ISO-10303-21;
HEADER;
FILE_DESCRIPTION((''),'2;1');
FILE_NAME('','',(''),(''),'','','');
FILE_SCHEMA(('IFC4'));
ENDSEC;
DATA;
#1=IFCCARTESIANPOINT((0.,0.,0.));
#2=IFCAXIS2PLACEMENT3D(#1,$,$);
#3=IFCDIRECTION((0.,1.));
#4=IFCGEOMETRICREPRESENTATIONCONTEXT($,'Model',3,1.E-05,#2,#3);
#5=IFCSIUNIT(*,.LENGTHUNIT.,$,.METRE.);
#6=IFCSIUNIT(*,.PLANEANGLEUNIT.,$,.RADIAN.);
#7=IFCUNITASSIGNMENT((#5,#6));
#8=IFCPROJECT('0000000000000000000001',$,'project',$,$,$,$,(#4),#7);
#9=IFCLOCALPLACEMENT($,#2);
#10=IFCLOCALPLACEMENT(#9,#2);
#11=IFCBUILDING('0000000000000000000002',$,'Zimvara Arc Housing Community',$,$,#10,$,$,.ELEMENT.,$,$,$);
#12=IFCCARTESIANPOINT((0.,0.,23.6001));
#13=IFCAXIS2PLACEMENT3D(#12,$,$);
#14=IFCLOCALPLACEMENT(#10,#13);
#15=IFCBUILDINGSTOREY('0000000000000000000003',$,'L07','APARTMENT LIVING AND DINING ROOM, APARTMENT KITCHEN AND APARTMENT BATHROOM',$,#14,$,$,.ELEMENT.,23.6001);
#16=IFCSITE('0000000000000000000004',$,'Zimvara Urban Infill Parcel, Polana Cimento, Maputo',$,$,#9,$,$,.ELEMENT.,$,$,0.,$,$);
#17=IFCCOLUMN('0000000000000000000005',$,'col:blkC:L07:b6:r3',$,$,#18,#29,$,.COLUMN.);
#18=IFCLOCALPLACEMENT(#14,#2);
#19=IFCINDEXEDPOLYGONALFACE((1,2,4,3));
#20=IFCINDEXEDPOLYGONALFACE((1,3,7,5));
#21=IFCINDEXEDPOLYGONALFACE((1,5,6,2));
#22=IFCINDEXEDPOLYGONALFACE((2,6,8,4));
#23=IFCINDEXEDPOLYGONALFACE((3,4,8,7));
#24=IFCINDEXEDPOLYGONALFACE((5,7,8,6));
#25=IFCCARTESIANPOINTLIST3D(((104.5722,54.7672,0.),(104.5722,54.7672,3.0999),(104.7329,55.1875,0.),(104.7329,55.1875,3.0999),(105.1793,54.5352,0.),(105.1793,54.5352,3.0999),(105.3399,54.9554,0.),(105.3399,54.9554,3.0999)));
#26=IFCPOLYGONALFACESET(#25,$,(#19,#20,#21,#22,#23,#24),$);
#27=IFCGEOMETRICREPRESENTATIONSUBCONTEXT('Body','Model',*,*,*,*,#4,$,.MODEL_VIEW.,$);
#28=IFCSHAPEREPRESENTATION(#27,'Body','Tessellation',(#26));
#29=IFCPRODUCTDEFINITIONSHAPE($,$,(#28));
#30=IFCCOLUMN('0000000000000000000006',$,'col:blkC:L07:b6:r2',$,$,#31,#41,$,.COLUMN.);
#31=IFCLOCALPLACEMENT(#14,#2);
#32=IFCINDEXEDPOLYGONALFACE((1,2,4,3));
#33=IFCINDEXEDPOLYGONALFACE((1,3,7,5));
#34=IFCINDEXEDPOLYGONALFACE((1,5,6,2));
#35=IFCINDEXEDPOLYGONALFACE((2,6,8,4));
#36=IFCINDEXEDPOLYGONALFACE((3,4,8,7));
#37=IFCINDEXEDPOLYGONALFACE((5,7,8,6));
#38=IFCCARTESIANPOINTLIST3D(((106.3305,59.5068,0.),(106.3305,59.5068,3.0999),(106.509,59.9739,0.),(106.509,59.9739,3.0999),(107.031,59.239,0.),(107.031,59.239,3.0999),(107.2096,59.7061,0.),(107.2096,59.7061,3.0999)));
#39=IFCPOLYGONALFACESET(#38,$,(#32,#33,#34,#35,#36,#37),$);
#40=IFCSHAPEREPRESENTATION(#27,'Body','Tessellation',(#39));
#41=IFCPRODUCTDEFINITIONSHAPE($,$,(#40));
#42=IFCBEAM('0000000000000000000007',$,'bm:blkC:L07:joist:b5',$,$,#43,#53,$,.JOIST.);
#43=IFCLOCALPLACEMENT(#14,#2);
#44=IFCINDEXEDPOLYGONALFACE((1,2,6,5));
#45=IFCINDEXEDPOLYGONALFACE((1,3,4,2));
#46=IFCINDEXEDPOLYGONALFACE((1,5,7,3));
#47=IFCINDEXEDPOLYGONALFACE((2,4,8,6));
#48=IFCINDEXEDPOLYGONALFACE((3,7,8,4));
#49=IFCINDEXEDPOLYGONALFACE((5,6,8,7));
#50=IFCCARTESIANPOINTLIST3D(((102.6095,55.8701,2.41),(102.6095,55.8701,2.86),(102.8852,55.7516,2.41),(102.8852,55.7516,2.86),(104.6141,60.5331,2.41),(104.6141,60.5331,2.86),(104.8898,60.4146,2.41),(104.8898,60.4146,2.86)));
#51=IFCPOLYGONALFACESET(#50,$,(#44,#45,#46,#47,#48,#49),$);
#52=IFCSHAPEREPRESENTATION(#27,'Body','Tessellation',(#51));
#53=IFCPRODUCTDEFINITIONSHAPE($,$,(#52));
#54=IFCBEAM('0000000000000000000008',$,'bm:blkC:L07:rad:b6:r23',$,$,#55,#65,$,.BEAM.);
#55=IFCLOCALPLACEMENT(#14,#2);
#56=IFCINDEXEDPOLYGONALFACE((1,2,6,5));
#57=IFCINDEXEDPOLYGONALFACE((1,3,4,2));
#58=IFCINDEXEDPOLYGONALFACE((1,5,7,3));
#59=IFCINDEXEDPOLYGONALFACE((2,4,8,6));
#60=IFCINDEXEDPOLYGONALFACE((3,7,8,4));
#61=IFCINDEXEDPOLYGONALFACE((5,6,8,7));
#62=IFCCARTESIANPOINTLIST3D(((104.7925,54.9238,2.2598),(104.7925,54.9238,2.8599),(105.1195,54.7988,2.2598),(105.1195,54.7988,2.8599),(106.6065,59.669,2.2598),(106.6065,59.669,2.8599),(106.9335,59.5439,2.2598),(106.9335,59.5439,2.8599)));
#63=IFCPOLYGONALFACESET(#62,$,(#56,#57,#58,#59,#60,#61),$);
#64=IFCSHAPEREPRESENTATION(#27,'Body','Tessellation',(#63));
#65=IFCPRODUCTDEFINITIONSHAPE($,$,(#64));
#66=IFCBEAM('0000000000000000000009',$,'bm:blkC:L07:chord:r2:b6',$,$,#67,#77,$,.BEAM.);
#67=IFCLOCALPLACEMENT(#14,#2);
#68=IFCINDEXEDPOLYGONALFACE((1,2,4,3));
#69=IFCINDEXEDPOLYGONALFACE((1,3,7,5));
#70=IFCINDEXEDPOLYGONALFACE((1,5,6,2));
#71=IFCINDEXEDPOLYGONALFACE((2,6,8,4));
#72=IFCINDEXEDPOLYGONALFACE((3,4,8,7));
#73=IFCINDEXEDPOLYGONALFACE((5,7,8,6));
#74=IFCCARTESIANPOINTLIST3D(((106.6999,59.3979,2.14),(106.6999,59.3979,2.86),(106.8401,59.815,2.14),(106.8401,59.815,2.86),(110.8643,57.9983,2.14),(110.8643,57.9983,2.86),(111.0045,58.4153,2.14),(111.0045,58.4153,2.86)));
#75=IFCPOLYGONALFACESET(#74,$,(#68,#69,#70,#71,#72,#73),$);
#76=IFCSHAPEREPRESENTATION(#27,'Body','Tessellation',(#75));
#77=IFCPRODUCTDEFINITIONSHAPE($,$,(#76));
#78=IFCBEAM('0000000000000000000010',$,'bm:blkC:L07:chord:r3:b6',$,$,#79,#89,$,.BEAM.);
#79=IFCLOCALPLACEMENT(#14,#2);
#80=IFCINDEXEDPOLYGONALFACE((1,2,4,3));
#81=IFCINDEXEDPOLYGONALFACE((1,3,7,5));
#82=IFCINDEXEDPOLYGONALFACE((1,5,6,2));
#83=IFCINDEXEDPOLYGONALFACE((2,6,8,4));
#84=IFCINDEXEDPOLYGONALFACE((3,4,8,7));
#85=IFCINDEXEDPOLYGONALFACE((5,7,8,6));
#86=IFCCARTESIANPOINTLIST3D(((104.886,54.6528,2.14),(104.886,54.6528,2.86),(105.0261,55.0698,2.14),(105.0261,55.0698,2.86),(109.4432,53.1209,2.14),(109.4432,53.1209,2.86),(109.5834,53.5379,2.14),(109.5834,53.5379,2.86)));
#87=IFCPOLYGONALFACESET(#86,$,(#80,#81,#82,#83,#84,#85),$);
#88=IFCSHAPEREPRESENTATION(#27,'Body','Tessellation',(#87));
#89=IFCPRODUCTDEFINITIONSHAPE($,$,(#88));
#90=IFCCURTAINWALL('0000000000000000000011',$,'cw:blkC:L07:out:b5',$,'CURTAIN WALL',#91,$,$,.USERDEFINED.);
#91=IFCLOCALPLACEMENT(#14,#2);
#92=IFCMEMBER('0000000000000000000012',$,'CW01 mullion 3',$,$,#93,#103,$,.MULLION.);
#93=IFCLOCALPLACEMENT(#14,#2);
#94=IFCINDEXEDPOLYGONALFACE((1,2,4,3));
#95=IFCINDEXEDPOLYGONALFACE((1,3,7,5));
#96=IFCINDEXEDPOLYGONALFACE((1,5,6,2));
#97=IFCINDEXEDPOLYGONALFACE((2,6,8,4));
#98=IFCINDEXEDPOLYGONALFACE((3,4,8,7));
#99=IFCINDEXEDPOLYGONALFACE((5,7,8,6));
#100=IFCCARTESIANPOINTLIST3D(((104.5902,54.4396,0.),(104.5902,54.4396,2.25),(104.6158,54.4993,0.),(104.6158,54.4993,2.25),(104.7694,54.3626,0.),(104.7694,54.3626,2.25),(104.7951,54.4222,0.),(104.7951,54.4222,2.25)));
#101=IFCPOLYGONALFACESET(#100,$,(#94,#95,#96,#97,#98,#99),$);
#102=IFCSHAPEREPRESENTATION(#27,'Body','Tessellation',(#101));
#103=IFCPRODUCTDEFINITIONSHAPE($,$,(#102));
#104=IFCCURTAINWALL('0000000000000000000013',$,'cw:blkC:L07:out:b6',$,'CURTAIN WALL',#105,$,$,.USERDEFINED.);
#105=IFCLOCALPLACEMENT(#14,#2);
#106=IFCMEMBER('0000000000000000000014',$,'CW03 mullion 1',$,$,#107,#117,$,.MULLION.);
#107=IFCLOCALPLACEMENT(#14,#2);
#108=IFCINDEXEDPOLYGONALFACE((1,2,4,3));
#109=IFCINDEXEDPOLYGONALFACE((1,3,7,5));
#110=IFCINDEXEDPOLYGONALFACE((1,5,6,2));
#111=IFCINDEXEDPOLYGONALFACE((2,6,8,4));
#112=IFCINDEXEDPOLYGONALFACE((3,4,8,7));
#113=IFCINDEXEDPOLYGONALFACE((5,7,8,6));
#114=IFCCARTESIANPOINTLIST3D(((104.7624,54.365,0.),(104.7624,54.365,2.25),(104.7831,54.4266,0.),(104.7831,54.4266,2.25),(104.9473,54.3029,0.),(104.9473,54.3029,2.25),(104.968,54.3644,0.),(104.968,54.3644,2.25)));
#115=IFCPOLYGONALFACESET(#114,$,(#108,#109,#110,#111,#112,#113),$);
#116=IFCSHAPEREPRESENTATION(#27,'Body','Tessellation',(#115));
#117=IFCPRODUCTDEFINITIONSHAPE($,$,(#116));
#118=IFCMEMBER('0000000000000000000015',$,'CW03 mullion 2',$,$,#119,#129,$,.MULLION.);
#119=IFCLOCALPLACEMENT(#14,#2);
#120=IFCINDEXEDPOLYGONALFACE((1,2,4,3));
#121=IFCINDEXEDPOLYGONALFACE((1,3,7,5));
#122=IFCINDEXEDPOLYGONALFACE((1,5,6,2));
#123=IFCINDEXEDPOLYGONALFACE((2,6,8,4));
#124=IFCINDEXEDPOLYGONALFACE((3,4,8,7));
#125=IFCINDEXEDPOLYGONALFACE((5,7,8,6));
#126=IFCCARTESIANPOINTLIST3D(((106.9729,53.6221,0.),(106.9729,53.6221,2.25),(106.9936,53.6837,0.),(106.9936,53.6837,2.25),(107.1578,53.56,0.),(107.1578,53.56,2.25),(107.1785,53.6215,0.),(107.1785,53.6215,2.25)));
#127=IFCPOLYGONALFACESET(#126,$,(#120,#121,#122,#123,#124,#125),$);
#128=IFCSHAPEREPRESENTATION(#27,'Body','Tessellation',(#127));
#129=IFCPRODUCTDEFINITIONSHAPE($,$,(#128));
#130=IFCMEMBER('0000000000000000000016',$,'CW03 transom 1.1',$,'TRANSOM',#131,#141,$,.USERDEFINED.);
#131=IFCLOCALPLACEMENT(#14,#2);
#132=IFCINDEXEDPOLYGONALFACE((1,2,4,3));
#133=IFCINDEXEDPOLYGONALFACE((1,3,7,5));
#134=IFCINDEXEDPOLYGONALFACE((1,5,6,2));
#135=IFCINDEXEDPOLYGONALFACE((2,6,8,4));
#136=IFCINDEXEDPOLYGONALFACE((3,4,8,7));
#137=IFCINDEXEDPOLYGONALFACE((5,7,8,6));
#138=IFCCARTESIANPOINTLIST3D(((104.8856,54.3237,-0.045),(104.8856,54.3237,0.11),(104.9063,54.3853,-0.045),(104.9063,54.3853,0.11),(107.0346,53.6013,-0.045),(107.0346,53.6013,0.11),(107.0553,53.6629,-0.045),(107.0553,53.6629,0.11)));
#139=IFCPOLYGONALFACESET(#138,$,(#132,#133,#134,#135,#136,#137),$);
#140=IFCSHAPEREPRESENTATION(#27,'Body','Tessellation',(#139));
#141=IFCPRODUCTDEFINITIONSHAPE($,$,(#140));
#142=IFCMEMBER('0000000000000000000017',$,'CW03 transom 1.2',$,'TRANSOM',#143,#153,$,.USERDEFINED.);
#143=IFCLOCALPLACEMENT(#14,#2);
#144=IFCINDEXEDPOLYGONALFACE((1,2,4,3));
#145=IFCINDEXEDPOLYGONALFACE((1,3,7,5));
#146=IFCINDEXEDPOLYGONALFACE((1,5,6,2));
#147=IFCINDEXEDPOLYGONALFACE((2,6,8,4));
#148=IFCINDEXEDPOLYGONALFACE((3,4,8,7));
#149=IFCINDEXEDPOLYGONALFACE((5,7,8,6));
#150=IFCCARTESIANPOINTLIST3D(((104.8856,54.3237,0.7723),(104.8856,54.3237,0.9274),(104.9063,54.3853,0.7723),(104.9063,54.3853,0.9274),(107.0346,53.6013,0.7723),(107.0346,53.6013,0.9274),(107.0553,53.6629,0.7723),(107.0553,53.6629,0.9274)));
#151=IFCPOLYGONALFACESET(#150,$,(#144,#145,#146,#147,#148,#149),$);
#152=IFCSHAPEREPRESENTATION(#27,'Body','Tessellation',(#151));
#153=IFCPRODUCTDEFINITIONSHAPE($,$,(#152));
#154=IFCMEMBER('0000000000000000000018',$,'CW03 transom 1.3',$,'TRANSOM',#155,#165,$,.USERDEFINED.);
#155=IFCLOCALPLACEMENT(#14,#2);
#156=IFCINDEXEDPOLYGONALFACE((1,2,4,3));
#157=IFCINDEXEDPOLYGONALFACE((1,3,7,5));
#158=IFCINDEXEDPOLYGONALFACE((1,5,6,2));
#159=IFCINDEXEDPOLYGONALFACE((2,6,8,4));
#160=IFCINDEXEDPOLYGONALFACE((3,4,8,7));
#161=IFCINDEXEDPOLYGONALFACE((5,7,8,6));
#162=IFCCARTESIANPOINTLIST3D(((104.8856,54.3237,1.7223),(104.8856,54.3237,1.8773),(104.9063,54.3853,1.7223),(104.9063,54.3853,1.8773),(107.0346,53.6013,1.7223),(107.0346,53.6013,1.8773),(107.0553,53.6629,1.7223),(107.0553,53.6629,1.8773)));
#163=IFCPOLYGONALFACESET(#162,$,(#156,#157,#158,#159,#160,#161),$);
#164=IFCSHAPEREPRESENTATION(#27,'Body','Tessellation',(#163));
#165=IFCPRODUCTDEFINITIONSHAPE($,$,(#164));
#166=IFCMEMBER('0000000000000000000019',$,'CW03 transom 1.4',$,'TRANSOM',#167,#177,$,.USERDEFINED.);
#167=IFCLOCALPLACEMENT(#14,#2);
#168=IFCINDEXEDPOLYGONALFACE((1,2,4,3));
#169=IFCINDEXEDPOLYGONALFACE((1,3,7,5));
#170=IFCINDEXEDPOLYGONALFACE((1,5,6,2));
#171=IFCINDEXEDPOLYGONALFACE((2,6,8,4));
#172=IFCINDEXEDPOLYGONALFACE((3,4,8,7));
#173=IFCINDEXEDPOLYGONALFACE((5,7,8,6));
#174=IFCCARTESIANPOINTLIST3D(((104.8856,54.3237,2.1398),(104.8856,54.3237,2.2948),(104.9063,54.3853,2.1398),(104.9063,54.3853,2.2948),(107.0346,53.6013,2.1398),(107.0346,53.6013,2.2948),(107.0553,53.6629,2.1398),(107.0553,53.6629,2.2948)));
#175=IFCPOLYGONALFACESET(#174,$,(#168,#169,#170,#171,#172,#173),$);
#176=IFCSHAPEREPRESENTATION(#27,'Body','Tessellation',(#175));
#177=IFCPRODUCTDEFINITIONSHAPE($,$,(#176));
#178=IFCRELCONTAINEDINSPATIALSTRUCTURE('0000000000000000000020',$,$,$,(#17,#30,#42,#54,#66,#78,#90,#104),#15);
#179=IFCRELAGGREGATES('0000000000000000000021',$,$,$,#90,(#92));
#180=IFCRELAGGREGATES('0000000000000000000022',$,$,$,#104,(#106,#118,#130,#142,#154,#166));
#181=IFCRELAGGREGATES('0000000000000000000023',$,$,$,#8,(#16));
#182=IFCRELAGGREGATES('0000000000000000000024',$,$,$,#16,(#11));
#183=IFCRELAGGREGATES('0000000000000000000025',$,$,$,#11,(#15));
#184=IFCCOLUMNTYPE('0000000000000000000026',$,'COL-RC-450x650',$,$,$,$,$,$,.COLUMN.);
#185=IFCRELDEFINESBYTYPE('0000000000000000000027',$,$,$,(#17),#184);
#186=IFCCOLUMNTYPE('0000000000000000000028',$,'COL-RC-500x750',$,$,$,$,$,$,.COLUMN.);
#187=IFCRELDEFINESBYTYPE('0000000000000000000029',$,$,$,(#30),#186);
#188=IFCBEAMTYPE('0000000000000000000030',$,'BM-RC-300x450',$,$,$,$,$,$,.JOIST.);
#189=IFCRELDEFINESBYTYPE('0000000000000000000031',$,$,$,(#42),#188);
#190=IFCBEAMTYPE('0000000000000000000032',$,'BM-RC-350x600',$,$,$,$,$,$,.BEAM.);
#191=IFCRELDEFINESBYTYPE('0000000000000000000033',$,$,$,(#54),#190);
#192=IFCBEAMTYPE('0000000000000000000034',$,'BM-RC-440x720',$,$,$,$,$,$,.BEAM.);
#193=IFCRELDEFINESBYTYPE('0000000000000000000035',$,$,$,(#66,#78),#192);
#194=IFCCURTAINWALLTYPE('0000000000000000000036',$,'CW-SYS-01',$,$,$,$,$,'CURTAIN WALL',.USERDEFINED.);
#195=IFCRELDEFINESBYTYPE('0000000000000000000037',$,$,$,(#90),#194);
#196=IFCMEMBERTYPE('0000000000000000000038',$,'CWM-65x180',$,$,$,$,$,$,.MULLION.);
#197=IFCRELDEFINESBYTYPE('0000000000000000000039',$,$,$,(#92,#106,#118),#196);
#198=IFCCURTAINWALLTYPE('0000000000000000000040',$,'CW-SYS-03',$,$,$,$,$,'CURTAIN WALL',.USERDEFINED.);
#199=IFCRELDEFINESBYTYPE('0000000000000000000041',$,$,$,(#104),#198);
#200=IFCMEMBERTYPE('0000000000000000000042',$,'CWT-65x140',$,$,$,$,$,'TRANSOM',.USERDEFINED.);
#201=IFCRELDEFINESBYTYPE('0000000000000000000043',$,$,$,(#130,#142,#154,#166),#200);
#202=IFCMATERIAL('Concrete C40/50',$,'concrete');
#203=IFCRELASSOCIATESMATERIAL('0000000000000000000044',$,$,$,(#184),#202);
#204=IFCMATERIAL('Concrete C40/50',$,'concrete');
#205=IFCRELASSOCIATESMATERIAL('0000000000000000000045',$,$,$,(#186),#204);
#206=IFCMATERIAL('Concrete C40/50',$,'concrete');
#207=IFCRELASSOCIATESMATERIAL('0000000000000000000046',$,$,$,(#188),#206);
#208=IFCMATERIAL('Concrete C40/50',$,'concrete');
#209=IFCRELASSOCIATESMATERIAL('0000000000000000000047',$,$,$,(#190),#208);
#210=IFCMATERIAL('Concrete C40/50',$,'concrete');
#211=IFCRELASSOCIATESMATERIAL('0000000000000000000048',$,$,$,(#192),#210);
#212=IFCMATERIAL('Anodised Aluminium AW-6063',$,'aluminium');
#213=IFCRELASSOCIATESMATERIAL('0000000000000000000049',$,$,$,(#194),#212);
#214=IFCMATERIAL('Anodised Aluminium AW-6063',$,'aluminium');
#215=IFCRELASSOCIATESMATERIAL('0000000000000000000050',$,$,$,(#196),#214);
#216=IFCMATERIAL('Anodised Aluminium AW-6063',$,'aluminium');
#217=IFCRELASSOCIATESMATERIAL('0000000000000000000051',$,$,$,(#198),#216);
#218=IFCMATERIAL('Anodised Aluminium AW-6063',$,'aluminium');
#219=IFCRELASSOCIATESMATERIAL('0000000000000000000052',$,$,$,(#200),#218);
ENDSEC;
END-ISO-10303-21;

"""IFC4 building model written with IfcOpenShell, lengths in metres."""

from ifc_helpers import new_model, si_unit, direction, frame, origin, origin_2d, place, context, subcontext, project, spatial, rectangle, extrude, material, material_profile, profile_set, type_object, element, aggregate, save


model = new_model("IFC4")

# Units and contexts
model_context = context("Model", 3, precision=1e-05, world=origin(), true_north=direction((0.0, 1.0)))
body_context = subcontext(model_context, "Body", "Model", "MODEL_VIEW")
ifc_project = project(units=[si_unit("LENGTHUNIT", "METRE"), si_unit("PLANEANGLEUNIT", "RADIAN")], contexts=[model_context])

# Site, building, storey
site_placement = place(None, origin())
site = spatial("IfcSite", under=ifc_project, at=site_placement, Name="Zimvara Urban Infill Parcel, Polana Cimento, Maputo", CompositionType="ELEMENT", RefElevation=0.0)
building_placement = place(site_placement, origin())
building = spatial("IfcBuilding", under=site, at=building_placement, Name="Zimvara Arc Housing Community", CompositionType="ELEMENT")
storey_placement = place(building_placement, frame((0.0, 0.0, 23.6001)))
storey = spatial("IfcBuildingStorey", under=building, at=storey_placement, Name="L07", Description="APARTMENT LIVING AND DINING ROOM, APARTMENT KITCHEN AND APARTMENT BATHROOM", CompositionType="ELEMENT", Elevation=23.6001)

# Columns
ifc_material_1 = material(Name="Concrete C40/50", Category="concrete")
ifc_material_profile_1 = material_profile(ifc_material_1, rectangle(XDim=0.45, YDim=0.6499, at=origin_2d()), Name="RC 450x650")
ifc_profile_set_1 = profile_set([ifc_material_profile_1], Name="Concrete C40/50")
column_type_1 = type_object("IfcColumnType", Name="COL-RC-450x650", PredefinedType="COLUMN", material=ifc_profile_set_1)
column_1_placement = place(storey_placement, frame((104.9561, 54.8613, 0.0), z_axis=(0.0, 0.0, 1.0), x_axis=(-0.357064, -0.93408, 0.0)))
element("IfcColumn", 1, at=column_1_placement, inside=storey, type_object=column_type_1, Name="col:blkC:L07:b6:r3", PredefinedType="COLUMN", context=body_context, shape_type="SweptSolid", body=[
    extrude(rectangle(XDim=0.45, YDim=0.6499, at=origin_2d()), origin(), (0.0, 0.0, 1.0), 3.0999),
])
ifc_material_2 = material(Name="Concrete C40/50", Category="concrete")
ifc_material_profile_2 = material_profile(ifc_material_2, rectangle(XDim=0.5, YDim=0.75, at=origin_2d()), Name="RC 500x750")
ifc_profile_set_2 = profile_set([ifc_material_profile_2], Name="Concrete C40/50")
column_type_2 = type_object("IfcColumnType", Name="COL-RC-500x750", PredefinedType="COLUMN", material=ifc_profile_set_2)
column_2_placement = place(storey_placement, frame((106.77, 59.6064, 0.0), z_axis=(0.0, 0.0, 1.0), x_axis=(-0.357064, -0.93408, 0.0)))
element("IfcColumn", 2, at=column_2_placement, inside=storey, type_object=column_type_2, Name="col:blkC:L07:b6:r2", PredefinedType="COLUMN", context=body_context, shape_type="SweptSolid", body=[
    extrude(rectangle(XDim=0.5, YDim=0.75, at=origin_2d()), origin(), (0.0, 0.0, 1.0), 3.0999),
])

# Beams
ifc_material_3 = material(Name="Concrete C40/50", Category="concrete")
ifc_material_profile_3 = material_profile(ifc_material_3, rectangle(XDim=0.3, YDim=0.45, at=origin_2d()), Name="RC 300x450")
ifc_profile_set_3 = profile_set([ifc_material_profile_3], Name="Concrete C40/50")
beam_type_1 = type_object("IfcBeamType", Name="BM-RC-300x450", PredefinedType="JOIST", material=ifc_profile_set_3)
beam_1_placement = place(storey_placement, frame((104.752, 60.4739, 2.635), z_axis=(-0.394947, -0.918704, 0.0), x_axis=(0.918704, -0.394947, 0.0)))
element("IfcBeam", 3, at=beam_1_placement, inside=storey, type_object=beam_type_1, Name="bm:blkC:L07:joist:b5", PredefinedType="JOIST", context=body_context, shape_type="SweptSolid", body=[
    extrude(rectangle(XDim=0.3, YDim=0.45, at=origin_2d()), origin(), (0.0, 0.0, 1.0), 5.0757),
])
ifc_material_4 = material(Name="Concrete C40/50", Category="concrete")
ifc_material_profile_4 = material_profile(ifc_material_4, rectangle(XDim=0.3501, YDim=0.6001, at=origin_2d()), Name="RC 350x600")
ifc_profile_set_4 = profile_set([ifc_material_profile_4], Name="Concrete C40/50")
beam_type_2 = type_object("IfcBeamType", Name="BM-RC-350x600", PredefinedType="BEAM", material=ifc_profile_set_4)
beam_2_placement = place(storey_placement, frame((106.77, 59.6064, 2.5598), z_axis=(-0.357078, -0.934074, 0.0), x_axis=(0.934074, -0.357078, 0.0)))
element("IfcBeam", 4, at=beam_2_placement, inside=storey, type_object=beam_type_2, Name="bm:blkC:L07:rad:b6:r23", PredefinedType="BEAM", context=body_context, shape_type="SweptSolid", body=[
    extrude(rectangle(XDim=0.3501, YDim=0.6001, at=origin_2d()), origin(), (0.0, 0.0, 1.0), 5.0801),
])
ifc_material_5 = material(Name="Concrete C40/50", Category="concrete")
ifc_material_profile_5 = material_profile(ifc_material_5, rectangle(XDim=0.4399, YDim=0.72, at=origin_2d()), Name="RC 440x720")
ifc_profile_set_5 = profile_set([ifc_material_profile_5], Name="Concrete C40/50")
beam_type_3 = type_object("IfcBeamType", Name="BM-RC-440x720", PredefinedType="BEAM", material=ifc_profile_set_5)
beam_3_placement = place(storey_placement, frame((106.77, 59.6064, 2.5), z_axis=(0.947891, -0.318594, 0.0), x_axis=(0.318594, 0.947891, 0.0)))
element("IfcBeam", 5, at=beam_3_placement, inside=storey, type_object=beam_type_3, Name="bm:blkC:L07:chord:r2:b6", PredefinedType="BEAM", context=body_context, shape_type="SweptSolid", body=[
    extrude(rectangle(XDim=0.4399, YDim=0.72, at=origin_2d()), origin(), (0.0, 0.0, 1.0), 4.3933),
])
beam_4_placement = place(storey_placement, frame((104.9561, 54.8613, 2.5), z_axis=(0.947878, -0.318634, 0.0), x_axis=(0.318634, 0.947878, 0.0)))
element("IfcBeam", 6, at=beam_4_placement, inside=storey, type_object=beam_type_3, Name="bm:blkC:L07:chord:r3:b6", PredefinedType="BEAM", context=body_context, shape_type="SweptSolid", body=[
    extrude(rectangle(XDim=0.4399, YDim=0.72, at=origin_2d()), origin(), (0.0, 0.0, 1.0), 4.8079),
])

# Curtain wall, member
ifc_material_6 = material(Name="Anodised Aluminium AW-6063", Category="aluminium")
curtain_wall_type_1 = type_object("IfcCurtainWallType", Name="CW-SYS-01", ElementType="CURTAIN WALL", PredefinedType="USERDEFINED", material=ifc_material_6)
curtain_wall_1_placement = place(storey_placement, origin())
curtain_wall_1 = element("IfcCurtainWall", 7, at=curtain_wall_1_placement, inside=storey, type_object=curtain_wall_type_1, Name="cw:blkC:L07:out:b5", ObjectType="CURTAIN WALL", PredefinedType="USERDEFINED")
ifc_material_7 = material(Name="Anodised Aluminium AW-6063", Category="aluminium")
ifc_material_profile_6 = material_profile(ifc_material_7, rectangle(XDim=0.0649, YDim=0.1951, at=origin_2d()), Name="ALU 65x195")
ifc_profile_set_6 = profile_set([ifc_material_profile_6], Name="Anodised Aluminium AW-6063")
member_type_1 = type_object("IfcMemberType", Name="CWM-65x180", PredefinedType="MULLION", material=ifc_profile_set_6)
member_1_placement = place(storey_placement, frame((104.6926, 54.4309, 0.0), z_axis=(0.0, 0.0, 1.0), x_axis=(0.394904, 0.918722, 0.0)))
member_1 = element("IfcMember", 8, at=member_1_placement, type_object=member_type_1, Name="CW01 mullion 3", PredefinedType="MULLION", context=body_context, shape_type="SweptSolid", body=[
    extrude(rectangle(XDim=0.0649, YDim=0.1951, at=origin_2d()), origin(), (0.0, 0.0, 1.0), 2.25),
])
aggregate(curtain_wall_1, [member_1])

# Curtain wall, members
ifc_material_8 = material(Name="Anodised Aluminium AW-6063", Category="aluminium")
curtain_wall_type_2 = type_object("IfcCurtainWallType", Name="CW-SYS-03", ElementType="CURTAIN WALL", PredefinedType="USERDEFINED", material=ifc_material_8)
curtain_wall_2_placement = place(storey_placement, origin())
curtain_wall_2 = element("IfcCurtainWall", 9, at=curtain_wall_2_placement, inside=storey, type_object=curtain_wall_type_2, Name="cw:blkC:L07:out:b6", ObjectType="CURTAIN WALL", PredefinedType="USERDEFINED")
member_2_placement = place(storey_placement, frame((104.8652, 54.3647, 0.0), z_axis=(0.0, 0.0, 1.0), x_axis=(0.318629, 0.94788, 0.0)))
member_2 = element("IfcMember", 10, at=member_2_placement, type_object=member_type_1, Name="CW03 mullion 1", PredefinedType="MULLION", context=body_context, shape_type="SweptSolid", body=[
    extrude(rectangle(XDim=0.0649, YDim=0.1951, at=origin_2d()), origin(), (0.0, 0.0, 1.0), 2.25),
])
member_3_placement = place(storey_placement, frame((107.0757, 53.6218, 0.0), z_axis=(0.0, 0.0, 1.0), x_axis=(0.318629, 0.94788, 0.0)))
member_3 = element("IfcMember", 11, at=member_3_placement, type_object=member_type_1, Name="CW03 mullion 2", PredefinedType="MULLION", context=body_context, shape_type="SweptSolid", body=[
    extrude(rectangle(XDim=0.0649, YDim=0.1951, at=origin_2d()), origin(), (0.0, 0.0, 1.0), 2.25),
])
ifc_material_9 = material(Name="Anodised Aluminium AW-6063", Category="aluminium")
ifc_material_profile_7 = material_profile(ifc_material_9, rectangle(XDim=0.0649, YDim=0.155, at=origin_2d()), Name="ALU 65x155")
ifc_profile_set_7 = profile_set([ifc_material_profile_7], Name="Anodised Aluminium AW-6063")
member_type_2 = type_object("IfcMemberType", Name="CWT-65x140", ElementType="TRANSOM", PredefinedType="USERDEFINED", material=ifc_profile_set_7)
member_4_placement = place(storey_placement, frame((104.896, 54.3545, 0.0325), z_axis=(0.947873, -0.31865, 0.0), x_axis=(0.31865, 0.947873, 0.0)))
member_4 = element("IfcMember", 12, at=member_4_placement, type_object=member_type_2, Name="CW03 transom 1.1", ObjectType="TRANSOM", PredefinedType="USERDEFINED", context=body_context, shape_type="SweptSolid", body=[
    extrude(rectangle(XDim=0.0649, YDim=0.155, at=origin_2d()), origin(), (0.0, 0.0, 1.0), 2.2671),
])
member_5_placement = place(storey_placement, frame((104.896, 54.3545, 0.8499), z_axis=(0.947873, -0.31865, 0.0), x_axis=(0.31865, 0.947873, 0.0)))
member_5 = element("IfcMember", 13, at=member_5_placement, type_object=member_type_2, Name="CW03 transom 1.2", ObjectType="TRANSOM", PredefinedType="USERDEFINED", context=body_context, shape_type="SweptSolid", body=[
    extrude(rectangle(XDim=0.0649, YDim=0.155, at=origin_2d()), origin(), (0.0, 0.0, 1.0), 2.2671),
])
member_6_placement = place(storey_placement, frame((104.896, 54.3545, 1.7998), z_axis=(0.947873, -0.31865, 0.0), x_axis=(0.31865, 0.947873, 0.0)))
member_6 = element("IfcMember", 14, at=member_6_placement, type_object=member_type_2, Name="CW03 transom 1.3", ObjectType="TRANSOM", PredefinedType="USERDEFINED", context=body_context, shape_type="SweptSolid", body=[
    extrude(rectangle(XDim=0.0649, YDim=0.155, at=origin_2d()), origin(), (0.0, 0.0, 1.0), 2.2671),
])
member_7_placement = place(storey_placement, frame((104.896, 54.3545, 2.2173), z_axis=(0.947873, -0.31865, 0.0), x_axis=(0.31865, 0.947873, 0.0)))
member_7 = element("IfcMember", 15, at=member_7_placement, type_object=member_type_2, Name="CW03 transom 1.4", ObjectType="TRANSOM", PredefinedType="USERDEFINED", context=body_context, shape_type="SweptSolid", body=[
    extrude(rectangle(XDim=0.0649, YDim=0.155, at=origin_2d()), origin(), (0.0, 0.0, 1.0), 2.2671),
])
aggregate(curtain_wall_2, [member_2, member_3, member_4, member_5, member_6, member_7])

save(model, "model.ifc")
